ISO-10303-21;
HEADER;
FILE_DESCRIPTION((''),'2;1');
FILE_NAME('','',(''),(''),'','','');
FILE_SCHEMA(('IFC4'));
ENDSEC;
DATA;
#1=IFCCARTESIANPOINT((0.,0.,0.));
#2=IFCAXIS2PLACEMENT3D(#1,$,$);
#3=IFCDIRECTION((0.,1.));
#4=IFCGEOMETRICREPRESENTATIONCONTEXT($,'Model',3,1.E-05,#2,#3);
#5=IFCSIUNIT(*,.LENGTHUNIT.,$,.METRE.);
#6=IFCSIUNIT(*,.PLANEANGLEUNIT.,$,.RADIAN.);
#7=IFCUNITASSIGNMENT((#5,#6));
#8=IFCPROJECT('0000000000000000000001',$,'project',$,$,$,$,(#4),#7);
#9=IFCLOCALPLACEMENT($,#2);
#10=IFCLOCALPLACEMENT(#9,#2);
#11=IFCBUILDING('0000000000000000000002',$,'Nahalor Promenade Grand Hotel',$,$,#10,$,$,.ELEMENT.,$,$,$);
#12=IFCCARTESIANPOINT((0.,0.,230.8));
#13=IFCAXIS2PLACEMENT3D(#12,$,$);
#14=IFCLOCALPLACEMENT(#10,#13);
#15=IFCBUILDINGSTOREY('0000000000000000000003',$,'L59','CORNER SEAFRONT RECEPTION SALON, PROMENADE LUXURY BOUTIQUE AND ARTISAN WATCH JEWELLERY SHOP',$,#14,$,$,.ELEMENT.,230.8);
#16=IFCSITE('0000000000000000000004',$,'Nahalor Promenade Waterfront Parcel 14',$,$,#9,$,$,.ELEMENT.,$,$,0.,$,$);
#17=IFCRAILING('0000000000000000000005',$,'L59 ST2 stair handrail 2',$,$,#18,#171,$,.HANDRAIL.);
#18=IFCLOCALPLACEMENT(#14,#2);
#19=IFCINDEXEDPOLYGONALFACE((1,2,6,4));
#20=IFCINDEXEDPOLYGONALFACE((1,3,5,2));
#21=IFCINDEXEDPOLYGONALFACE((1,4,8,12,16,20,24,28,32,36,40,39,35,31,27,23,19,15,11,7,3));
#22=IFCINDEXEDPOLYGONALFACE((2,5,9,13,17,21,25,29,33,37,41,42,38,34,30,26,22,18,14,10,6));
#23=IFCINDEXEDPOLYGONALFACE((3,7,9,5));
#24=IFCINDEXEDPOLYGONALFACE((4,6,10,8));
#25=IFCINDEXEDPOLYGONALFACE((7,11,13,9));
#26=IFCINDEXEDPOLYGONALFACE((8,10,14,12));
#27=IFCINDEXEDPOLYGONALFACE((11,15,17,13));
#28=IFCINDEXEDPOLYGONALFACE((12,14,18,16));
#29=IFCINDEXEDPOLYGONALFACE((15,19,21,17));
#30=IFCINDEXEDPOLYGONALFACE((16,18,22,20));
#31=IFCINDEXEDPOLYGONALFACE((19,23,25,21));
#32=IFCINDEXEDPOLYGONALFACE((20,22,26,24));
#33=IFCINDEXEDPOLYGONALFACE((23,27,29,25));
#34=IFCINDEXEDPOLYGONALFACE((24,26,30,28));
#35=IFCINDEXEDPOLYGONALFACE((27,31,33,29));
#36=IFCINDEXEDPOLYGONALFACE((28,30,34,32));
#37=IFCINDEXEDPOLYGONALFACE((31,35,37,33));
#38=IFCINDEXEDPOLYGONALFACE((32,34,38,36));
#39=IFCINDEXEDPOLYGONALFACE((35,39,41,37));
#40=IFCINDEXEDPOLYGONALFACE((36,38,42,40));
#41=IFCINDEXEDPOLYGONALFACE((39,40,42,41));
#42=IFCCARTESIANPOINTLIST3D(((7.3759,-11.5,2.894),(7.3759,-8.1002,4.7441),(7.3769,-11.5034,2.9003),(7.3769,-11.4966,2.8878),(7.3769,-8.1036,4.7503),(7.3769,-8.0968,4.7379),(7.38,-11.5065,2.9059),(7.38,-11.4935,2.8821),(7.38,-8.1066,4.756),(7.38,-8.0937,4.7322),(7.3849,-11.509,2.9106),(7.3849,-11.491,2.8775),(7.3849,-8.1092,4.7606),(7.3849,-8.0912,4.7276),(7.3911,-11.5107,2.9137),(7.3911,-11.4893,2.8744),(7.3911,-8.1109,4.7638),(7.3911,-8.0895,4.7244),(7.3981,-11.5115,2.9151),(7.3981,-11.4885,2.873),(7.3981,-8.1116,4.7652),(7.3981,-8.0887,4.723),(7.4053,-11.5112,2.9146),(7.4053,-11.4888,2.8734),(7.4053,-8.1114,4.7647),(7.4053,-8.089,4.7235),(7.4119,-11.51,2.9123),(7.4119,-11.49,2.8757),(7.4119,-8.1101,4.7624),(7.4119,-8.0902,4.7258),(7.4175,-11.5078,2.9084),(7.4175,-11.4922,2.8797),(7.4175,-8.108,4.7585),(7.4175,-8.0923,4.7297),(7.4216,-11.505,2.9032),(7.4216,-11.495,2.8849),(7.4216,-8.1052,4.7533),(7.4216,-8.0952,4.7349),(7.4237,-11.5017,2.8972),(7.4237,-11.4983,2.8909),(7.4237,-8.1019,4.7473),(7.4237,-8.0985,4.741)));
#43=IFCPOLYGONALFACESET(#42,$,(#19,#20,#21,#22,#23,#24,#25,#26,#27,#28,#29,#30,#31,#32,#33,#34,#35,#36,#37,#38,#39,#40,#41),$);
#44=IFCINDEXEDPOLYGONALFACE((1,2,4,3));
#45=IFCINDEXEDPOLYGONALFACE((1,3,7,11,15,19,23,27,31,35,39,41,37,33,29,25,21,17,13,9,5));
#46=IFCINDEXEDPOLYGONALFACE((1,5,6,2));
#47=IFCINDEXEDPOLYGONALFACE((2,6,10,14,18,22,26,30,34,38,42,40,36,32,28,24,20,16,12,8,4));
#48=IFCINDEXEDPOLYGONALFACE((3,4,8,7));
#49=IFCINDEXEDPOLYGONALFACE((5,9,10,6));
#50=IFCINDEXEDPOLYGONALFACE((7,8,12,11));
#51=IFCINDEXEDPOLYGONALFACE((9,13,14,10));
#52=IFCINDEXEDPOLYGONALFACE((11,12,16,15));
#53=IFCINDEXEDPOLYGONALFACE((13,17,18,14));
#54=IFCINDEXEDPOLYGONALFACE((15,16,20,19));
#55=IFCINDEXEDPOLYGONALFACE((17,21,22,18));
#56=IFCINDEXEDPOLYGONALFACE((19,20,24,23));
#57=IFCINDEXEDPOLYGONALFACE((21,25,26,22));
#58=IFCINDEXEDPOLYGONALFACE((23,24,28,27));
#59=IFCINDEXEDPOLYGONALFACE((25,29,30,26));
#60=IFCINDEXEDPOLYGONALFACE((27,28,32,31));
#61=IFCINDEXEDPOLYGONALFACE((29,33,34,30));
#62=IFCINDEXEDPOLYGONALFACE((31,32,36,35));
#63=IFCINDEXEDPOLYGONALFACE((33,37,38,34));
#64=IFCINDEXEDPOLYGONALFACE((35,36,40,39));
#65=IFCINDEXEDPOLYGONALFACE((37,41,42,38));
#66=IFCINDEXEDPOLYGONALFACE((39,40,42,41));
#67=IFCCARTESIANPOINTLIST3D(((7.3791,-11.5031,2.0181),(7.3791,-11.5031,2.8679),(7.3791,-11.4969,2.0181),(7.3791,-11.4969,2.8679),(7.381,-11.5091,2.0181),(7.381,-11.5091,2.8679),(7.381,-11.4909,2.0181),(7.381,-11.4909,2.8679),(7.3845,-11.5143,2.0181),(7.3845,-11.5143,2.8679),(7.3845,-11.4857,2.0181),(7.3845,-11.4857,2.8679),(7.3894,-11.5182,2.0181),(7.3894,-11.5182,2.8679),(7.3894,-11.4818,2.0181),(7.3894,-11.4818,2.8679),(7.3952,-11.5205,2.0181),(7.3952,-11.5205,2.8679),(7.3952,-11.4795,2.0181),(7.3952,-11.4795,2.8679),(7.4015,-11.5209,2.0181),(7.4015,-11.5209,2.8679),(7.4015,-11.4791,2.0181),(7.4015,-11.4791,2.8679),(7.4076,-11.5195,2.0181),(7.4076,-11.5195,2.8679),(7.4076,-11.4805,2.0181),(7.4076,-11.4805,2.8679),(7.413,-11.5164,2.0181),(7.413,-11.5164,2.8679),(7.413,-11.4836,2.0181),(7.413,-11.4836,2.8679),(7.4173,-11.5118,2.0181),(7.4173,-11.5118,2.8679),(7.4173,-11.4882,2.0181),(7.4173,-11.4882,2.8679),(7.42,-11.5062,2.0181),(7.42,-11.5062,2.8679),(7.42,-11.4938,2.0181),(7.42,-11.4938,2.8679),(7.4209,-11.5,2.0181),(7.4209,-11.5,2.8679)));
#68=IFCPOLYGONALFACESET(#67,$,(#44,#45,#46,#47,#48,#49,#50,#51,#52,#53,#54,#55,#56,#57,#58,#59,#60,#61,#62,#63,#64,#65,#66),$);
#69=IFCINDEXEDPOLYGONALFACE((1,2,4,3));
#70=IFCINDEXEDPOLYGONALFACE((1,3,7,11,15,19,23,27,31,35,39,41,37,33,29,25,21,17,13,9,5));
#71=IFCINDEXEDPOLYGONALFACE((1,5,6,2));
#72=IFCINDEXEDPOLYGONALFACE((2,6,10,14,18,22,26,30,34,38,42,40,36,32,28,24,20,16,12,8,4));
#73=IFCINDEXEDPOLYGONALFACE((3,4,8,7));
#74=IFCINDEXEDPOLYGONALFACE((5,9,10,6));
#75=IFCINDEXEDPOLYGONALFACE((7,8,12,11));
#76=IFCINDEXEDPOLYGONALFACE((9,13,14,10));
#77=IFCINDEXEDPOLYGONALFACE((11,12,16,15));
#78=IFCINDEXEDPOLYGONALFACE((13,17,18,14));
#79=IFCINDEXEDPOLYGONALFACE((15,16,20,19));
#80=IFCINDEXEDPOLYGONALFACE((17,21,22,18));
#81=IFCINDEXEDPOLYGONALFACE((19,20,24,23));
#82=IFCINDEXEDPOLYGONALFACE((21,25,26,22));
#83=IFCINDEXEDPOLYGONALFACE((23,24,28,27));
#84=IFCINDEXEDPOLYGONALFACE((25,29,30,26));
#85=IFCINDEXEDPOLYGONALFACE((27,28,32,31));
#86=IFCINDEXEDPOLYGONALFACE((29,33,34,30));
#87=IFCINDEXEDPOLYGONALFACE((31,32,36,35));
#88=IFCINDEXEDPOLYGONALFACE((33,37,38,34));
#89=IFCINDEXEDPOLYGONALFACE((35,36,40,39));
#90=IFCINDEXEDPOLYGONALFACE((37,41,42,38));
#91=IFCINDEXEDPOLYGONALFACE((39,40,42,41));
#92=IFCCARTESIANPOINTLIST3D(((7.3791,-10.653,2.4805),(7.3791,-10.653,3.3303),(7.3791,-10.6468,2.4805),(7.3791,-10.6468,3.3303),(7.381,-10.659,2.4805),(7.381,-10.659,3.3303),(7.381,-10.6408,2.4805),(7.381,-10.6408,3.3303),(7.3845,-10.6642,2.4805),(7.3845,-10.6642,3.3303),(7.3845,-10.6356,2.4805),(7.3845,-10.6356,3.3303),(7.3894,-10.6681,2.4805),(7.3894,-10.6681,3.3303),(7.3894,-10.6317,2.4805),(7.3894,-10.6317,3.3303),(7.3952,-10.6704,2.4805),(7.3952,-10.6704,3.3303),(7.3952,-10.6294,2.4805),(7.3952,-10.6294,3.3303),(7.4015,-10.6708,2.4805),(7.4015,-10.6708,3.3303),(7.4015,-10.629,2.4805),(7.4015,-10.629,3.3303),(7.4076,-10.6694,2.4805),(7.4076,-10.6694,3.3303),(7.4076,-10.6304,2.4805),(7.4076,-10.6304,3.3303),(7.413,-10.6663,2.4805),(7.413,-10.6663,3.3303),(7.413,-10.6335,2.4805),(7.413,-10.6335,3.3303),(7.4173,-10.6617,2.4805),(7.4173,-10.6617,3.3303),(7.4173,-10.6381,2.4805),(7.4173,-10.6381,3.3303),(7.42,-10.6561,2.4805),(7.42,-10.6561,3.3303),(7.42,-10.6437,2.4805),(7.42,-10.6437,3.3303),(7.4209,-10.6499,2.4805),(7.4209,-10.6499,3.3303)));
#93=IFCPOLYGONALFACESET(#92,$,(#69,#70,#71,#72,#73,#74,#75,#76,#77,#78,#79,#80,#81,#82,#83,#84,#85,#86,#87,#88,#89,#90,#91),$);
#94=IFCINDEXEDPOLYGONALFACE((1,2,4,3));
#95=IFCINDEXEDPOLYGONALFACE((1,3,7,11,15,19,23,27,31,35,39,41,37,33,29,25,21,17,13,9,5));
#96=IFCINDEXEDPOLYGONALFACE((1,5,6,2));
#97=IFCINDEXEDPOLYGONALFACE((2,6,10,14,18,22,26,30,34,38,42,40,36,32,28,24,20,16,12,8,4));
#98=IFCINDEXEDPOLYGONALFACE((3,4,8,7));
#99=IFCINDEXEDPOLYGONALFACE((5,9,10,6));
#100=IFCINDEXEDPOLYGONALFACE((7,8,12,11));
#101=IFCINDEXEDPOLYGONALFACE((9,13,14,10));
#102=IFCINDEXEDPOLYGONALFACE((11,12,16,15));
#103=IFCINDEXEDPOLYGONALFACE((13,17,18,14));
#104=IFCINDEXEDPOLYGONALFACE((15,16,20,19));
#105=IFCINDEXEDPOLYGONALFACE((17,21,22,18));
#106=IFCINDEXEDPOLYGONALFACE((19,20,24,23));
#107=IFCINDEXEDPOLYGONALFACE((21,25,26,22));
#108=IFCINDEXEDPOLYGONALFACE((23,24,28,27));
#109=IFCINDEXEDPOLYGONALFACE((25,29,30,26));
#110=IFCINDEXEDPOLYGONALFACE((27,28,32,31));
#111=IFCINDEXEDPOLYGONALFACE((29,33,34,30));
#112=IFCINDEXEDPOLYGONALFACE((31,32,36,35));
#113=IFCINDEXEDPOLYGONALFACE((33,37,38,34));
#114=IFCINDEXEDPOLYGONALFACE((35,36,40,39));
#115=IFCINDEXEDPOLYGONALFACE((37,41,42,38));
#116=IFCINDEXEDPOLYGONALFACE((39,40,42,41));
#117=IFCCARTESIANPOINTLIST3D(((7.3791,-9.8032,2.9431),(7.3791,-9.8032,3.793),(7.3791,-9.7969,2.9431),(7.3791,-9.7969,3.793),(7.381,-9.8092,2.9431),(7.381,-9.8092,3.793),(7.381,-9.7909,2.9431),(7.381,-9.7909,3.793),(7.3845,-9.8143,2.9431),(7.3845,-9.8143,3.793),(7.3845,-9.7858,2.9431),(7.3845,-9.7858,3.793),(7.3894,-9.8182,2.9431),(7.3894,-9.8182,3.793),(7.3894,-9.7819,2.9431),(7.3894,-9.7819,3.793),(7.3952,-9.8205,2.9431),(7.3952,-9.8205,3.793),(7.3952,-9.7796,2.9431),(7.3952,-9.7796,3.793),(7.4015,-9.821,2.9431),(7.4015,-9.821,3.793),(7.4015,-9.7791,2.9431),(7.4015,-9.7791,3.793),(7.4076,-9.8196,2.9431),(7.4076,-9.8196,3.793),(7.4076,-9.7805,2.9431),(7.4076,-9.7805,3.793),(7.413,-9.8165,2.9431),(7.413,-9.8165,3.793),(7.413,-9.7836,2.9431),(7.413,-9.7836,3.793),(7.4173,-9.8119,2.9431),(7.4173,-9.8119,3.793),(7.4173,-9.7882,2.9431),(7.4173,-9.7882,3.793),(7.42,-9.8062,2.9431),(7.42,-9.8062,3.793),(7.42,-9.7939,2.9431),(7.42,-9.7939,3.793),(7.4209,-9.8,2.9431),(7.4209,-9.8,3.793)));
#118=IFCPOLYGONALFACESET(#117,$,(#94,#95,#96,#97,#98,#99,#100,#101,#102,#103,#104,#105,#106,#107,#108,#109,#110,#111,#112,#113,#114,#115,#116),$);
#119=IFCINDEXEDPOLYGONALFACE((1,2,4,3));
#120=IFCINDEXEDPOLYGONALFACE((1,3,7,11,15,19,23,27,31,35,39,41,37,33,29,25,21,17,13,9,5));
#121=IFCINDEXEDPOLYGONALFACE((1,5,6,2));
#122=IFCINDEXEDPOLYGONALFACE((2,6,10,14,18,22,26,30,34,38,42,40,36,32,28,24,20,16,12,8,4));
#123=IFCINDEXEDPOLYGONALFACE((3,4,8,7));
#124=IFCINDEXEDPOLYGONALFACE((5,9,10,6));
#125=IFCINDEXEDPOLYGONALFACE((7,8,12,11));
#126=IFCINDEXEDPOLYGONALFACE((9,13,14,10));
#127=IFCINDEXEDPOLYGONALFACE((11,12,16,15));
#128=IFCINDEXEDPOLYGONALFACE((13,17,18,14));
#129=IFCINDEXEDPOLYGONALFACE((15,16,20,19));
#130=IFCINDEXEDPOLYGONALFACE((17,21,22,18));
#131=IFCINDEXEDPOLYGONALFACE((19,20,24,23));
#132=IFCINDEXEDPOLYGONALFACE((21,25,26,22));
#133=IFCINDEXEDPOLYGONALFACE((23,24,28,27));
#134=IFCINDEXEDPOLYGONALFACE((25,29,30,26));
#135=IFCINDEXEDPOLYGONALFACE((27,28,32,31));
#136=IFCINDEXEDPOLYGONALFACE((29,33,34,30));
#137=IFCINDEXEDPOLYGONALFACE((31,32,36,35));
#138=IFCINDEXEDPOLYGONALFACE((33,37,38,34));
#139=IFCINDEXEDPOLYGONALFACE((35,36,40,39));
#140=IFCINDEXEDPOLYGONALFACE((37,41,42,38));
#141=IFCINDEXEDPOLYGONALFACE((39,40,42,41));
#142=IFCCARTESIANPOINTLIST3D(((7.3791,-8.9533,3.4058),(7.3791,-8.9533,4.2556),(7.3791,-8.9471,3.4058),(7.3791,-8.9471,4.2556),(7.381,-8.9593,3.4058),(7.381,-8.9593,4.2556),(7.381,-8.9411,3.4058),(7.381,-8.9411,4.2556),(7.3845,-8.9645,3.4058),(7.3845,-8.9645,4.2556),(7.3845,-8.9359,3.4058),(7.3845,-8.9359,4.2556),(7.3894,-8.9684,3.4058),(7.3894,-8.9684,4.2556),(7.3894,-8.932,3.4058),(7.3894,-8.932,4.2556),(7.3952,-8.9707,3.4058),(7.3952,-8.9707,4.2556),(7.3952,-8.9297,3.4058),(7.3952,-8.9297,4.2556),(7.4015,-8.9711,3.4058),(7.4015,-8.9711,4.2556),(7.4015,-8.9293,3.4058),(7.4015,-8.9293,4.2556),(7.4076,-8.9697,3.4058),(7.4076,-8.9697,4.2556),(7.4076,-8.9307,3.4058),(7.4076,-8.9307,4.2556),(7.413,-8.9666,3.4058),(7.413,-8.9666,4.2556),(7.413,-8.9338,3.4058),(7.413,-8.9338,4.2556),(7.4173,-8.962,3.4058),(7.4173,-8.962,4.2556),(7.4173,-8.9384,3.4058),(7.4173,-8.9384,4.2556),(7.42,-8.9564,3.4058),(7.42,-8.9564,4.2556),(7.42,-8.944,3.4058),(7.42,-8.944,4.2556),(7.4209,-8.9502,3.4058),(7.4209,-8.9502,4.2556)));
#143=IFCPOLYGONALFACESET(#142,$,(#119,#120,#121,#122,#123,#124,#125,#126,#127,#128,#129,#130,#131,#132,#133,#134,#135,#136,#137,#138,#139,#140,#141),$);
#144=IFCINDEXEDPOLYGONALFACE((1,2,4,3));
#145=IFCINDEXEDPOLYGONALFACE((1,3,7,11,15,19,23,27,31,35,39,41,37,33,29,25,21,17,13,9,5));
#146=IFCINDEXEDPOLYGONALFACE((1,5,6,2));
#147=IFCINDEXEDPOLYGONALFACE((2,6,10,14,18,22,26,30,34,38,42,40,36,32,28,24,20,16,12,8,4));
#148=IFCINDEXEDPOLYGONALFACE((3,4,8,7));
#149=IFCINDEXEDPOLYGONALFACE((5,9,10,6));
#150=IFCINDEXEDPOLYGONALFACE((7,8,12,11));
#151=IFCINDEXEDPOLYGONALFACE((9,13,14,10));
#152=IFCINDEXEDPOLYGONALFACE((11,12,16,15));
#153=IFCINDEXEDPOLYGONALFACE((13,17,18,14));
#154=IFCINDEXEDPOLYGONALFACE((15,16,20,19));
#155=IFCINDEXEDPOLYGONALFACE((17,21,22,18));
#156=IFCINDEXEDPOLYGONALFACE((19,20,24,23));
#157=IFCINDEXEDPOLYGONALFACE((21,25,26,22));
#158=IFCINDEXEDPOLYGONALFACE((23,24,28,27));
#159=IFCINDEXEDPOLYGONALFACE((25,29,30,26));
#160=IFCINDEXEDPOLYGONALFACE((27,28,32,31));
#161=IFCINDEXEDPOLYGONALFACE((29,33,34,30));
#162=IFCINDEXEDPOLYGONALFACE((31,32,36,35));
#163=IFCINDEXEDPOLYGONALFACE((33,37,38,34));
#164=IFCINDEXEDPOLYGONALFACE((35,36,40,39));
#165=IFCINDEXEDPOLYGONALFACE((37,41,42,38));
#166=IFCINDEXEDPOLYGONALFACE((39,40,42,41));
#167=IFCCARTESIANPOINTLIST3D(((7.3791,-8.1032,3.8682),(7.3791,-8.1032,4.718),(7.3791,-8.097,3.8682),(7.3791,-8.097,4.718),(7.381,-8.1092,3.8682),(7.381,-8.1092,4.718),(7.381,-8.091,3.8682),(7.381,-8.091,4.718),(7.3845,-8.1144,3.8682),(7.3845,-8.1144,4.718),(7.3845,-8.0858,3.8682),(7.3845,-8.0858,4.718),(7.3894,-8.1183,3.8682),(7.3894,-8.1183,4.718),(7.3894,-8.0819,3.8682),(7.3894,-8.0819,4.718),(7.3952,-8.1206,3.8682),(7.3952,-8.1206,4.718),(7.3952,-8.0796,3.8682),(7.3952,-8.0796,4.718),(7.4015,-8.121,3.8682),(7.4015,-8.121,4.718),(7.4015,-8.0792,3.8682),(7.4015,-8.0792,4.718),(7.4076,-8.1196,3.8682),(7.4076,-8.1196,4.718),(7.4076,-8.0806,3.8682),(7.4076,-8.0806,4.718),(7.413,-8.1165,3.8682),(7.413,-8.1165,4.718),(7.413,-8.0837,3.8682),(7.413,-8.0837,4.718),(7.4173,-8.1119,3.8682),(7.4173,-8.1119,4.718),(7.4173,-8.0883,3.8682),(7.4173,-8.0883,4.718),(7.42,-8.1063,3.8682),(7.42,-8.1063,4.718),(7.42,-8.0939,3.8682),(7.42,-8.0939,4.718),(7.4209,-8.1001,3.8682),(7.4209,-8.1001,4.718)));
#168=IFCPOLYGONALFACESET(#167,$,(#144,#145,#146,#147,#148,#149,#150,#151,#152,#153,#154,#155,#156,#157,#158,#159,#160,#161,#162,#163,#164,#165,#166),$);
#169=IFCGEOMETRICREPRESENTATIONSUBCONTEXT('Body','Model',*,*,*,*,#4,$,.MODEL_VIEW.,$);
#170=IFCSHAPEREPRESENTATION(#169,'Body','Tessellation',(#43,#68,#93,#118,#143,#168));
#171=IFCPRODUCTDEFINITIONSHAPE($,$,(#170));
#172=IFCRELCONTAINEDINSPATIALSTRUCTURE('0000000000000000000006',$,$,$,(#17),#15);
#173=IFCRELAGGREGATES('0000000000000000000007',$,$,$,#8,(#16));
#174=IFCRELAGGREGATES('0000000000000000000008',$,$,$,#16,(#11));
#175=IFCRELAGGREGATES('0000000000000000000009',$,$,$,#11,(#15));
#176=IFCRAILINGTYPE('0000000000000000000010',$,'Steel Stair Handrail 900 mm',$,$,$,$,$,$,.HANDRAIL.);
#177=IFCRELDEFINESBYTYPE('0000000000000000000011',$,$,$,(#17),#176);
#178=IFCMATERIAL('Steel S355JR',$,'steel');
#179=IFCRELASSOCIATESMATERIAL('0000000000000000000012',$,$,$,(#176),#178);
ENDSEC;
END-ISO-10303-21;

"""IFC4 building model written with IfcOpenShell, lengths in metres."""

from ifc_helpers import new_model, si_unit, direction, frame, origin, origin_2d, place, context, subcontext, project, spatial, circle, extrude, material, type_object, element, save


model = new_model("IFC4")

# Units and contexts
model_context = context("Model", 3, precision=1e-05, world=origin(), true_north=direction((0.0, 1.0)))
body_context = subcontext(model_context, "Body", "Model", "MODEL_VIEW")
ifc_project = project(units=[si_unit("LENGTHUNIT", "METRE"), si_unit("PLANEANGLEUNIT", "RADIAN")], contexts=[model_context])

# Site, building, storey
site_placement = place(None, origin())
site = spatial("IfcSite", under=ifc_project, at=site_placement, Name="Nahalor Promenade Waterfront Parcel 14", CompositionType="ELEMENT", RefElevation=0.0)
building_placement = place(site_placement, origin())
building = spatial("IfcBuilding", under=site, at=building_placement, Name="Nahalor Promenade Grand Hotel", CompositionType="ELEMENT")
storey_placement = place(building_placement, frame((0.0, 0.0, 230.8)))
storey = spatial("IfcBuildingStorey", under=building, at=storey_placement, Name="L59", Description="CORNER SEAFRONT RECEPTION SALON, PROMENADE LUXURY BOUTIQUE AND ARTISAN WATCH JEWELLERY SHOP", CompositionType="ELEMENT", Elevation=230.8)

# Shared definitions
ifc_material_1 = material(Name="Steel S355JR", Category="steel")

# Railing
railing_type_1 = type_object("IfcRailingType", Name="Steel Stair Handrail 900 mm", PredefinedType="HANDRAIL", material=ifc_material_1)
railing_1_placement = place(storey_placement, frame((7.3999, -11.5, 2.0181)))
element("IfcRailing", 1, at=railing_1_placement, inside=storey, type_object=railing_type_1, Name="L59 ST2 stair handrail 2", PredefinedType="HANDRAIL", context=body_context, shape_type="SweptSolid", body=[
    extrude(circle(Radius=0.024, at=origin_2d()), frame((0.0, 0.0, 0.876), z_axis=(0.0, 0.878372, 0.477977), x_axis=(-1.0, 0.0, 0.0)), (0.0, 0.0, 1.0), 3.8706),
    extrude(circle(Radius=0.021, at=origin_2d()), origin(), (0.0, 0.0, 1.0), 0.8499),
    extrude(circle(Radius=0.021, at=origin_2d()), frame((0.0, 0.8501, 0.4624)), (0.0, 0.0, 1.0), 0.8499),
    extrude(circle(Radius=0.021, at=origin_2d()), frame((0.0, 1.7, 0.925)), (0.0, 0.0, 1.0), 0.8499),
    extrude(circle(Radius=0.021, at=origin_2d()), frame((0.0, 2.5498, 1.3877)), (0.0, 0.0, 1.0), 0.8499),
    extrude(circle(Radius=0.021, at=origin_2d()), frame((0.0, 3.3999, 1.8501)), (0.0, 0.0, 1.0), 0.8499),
])

save(model, "model.ifc")
